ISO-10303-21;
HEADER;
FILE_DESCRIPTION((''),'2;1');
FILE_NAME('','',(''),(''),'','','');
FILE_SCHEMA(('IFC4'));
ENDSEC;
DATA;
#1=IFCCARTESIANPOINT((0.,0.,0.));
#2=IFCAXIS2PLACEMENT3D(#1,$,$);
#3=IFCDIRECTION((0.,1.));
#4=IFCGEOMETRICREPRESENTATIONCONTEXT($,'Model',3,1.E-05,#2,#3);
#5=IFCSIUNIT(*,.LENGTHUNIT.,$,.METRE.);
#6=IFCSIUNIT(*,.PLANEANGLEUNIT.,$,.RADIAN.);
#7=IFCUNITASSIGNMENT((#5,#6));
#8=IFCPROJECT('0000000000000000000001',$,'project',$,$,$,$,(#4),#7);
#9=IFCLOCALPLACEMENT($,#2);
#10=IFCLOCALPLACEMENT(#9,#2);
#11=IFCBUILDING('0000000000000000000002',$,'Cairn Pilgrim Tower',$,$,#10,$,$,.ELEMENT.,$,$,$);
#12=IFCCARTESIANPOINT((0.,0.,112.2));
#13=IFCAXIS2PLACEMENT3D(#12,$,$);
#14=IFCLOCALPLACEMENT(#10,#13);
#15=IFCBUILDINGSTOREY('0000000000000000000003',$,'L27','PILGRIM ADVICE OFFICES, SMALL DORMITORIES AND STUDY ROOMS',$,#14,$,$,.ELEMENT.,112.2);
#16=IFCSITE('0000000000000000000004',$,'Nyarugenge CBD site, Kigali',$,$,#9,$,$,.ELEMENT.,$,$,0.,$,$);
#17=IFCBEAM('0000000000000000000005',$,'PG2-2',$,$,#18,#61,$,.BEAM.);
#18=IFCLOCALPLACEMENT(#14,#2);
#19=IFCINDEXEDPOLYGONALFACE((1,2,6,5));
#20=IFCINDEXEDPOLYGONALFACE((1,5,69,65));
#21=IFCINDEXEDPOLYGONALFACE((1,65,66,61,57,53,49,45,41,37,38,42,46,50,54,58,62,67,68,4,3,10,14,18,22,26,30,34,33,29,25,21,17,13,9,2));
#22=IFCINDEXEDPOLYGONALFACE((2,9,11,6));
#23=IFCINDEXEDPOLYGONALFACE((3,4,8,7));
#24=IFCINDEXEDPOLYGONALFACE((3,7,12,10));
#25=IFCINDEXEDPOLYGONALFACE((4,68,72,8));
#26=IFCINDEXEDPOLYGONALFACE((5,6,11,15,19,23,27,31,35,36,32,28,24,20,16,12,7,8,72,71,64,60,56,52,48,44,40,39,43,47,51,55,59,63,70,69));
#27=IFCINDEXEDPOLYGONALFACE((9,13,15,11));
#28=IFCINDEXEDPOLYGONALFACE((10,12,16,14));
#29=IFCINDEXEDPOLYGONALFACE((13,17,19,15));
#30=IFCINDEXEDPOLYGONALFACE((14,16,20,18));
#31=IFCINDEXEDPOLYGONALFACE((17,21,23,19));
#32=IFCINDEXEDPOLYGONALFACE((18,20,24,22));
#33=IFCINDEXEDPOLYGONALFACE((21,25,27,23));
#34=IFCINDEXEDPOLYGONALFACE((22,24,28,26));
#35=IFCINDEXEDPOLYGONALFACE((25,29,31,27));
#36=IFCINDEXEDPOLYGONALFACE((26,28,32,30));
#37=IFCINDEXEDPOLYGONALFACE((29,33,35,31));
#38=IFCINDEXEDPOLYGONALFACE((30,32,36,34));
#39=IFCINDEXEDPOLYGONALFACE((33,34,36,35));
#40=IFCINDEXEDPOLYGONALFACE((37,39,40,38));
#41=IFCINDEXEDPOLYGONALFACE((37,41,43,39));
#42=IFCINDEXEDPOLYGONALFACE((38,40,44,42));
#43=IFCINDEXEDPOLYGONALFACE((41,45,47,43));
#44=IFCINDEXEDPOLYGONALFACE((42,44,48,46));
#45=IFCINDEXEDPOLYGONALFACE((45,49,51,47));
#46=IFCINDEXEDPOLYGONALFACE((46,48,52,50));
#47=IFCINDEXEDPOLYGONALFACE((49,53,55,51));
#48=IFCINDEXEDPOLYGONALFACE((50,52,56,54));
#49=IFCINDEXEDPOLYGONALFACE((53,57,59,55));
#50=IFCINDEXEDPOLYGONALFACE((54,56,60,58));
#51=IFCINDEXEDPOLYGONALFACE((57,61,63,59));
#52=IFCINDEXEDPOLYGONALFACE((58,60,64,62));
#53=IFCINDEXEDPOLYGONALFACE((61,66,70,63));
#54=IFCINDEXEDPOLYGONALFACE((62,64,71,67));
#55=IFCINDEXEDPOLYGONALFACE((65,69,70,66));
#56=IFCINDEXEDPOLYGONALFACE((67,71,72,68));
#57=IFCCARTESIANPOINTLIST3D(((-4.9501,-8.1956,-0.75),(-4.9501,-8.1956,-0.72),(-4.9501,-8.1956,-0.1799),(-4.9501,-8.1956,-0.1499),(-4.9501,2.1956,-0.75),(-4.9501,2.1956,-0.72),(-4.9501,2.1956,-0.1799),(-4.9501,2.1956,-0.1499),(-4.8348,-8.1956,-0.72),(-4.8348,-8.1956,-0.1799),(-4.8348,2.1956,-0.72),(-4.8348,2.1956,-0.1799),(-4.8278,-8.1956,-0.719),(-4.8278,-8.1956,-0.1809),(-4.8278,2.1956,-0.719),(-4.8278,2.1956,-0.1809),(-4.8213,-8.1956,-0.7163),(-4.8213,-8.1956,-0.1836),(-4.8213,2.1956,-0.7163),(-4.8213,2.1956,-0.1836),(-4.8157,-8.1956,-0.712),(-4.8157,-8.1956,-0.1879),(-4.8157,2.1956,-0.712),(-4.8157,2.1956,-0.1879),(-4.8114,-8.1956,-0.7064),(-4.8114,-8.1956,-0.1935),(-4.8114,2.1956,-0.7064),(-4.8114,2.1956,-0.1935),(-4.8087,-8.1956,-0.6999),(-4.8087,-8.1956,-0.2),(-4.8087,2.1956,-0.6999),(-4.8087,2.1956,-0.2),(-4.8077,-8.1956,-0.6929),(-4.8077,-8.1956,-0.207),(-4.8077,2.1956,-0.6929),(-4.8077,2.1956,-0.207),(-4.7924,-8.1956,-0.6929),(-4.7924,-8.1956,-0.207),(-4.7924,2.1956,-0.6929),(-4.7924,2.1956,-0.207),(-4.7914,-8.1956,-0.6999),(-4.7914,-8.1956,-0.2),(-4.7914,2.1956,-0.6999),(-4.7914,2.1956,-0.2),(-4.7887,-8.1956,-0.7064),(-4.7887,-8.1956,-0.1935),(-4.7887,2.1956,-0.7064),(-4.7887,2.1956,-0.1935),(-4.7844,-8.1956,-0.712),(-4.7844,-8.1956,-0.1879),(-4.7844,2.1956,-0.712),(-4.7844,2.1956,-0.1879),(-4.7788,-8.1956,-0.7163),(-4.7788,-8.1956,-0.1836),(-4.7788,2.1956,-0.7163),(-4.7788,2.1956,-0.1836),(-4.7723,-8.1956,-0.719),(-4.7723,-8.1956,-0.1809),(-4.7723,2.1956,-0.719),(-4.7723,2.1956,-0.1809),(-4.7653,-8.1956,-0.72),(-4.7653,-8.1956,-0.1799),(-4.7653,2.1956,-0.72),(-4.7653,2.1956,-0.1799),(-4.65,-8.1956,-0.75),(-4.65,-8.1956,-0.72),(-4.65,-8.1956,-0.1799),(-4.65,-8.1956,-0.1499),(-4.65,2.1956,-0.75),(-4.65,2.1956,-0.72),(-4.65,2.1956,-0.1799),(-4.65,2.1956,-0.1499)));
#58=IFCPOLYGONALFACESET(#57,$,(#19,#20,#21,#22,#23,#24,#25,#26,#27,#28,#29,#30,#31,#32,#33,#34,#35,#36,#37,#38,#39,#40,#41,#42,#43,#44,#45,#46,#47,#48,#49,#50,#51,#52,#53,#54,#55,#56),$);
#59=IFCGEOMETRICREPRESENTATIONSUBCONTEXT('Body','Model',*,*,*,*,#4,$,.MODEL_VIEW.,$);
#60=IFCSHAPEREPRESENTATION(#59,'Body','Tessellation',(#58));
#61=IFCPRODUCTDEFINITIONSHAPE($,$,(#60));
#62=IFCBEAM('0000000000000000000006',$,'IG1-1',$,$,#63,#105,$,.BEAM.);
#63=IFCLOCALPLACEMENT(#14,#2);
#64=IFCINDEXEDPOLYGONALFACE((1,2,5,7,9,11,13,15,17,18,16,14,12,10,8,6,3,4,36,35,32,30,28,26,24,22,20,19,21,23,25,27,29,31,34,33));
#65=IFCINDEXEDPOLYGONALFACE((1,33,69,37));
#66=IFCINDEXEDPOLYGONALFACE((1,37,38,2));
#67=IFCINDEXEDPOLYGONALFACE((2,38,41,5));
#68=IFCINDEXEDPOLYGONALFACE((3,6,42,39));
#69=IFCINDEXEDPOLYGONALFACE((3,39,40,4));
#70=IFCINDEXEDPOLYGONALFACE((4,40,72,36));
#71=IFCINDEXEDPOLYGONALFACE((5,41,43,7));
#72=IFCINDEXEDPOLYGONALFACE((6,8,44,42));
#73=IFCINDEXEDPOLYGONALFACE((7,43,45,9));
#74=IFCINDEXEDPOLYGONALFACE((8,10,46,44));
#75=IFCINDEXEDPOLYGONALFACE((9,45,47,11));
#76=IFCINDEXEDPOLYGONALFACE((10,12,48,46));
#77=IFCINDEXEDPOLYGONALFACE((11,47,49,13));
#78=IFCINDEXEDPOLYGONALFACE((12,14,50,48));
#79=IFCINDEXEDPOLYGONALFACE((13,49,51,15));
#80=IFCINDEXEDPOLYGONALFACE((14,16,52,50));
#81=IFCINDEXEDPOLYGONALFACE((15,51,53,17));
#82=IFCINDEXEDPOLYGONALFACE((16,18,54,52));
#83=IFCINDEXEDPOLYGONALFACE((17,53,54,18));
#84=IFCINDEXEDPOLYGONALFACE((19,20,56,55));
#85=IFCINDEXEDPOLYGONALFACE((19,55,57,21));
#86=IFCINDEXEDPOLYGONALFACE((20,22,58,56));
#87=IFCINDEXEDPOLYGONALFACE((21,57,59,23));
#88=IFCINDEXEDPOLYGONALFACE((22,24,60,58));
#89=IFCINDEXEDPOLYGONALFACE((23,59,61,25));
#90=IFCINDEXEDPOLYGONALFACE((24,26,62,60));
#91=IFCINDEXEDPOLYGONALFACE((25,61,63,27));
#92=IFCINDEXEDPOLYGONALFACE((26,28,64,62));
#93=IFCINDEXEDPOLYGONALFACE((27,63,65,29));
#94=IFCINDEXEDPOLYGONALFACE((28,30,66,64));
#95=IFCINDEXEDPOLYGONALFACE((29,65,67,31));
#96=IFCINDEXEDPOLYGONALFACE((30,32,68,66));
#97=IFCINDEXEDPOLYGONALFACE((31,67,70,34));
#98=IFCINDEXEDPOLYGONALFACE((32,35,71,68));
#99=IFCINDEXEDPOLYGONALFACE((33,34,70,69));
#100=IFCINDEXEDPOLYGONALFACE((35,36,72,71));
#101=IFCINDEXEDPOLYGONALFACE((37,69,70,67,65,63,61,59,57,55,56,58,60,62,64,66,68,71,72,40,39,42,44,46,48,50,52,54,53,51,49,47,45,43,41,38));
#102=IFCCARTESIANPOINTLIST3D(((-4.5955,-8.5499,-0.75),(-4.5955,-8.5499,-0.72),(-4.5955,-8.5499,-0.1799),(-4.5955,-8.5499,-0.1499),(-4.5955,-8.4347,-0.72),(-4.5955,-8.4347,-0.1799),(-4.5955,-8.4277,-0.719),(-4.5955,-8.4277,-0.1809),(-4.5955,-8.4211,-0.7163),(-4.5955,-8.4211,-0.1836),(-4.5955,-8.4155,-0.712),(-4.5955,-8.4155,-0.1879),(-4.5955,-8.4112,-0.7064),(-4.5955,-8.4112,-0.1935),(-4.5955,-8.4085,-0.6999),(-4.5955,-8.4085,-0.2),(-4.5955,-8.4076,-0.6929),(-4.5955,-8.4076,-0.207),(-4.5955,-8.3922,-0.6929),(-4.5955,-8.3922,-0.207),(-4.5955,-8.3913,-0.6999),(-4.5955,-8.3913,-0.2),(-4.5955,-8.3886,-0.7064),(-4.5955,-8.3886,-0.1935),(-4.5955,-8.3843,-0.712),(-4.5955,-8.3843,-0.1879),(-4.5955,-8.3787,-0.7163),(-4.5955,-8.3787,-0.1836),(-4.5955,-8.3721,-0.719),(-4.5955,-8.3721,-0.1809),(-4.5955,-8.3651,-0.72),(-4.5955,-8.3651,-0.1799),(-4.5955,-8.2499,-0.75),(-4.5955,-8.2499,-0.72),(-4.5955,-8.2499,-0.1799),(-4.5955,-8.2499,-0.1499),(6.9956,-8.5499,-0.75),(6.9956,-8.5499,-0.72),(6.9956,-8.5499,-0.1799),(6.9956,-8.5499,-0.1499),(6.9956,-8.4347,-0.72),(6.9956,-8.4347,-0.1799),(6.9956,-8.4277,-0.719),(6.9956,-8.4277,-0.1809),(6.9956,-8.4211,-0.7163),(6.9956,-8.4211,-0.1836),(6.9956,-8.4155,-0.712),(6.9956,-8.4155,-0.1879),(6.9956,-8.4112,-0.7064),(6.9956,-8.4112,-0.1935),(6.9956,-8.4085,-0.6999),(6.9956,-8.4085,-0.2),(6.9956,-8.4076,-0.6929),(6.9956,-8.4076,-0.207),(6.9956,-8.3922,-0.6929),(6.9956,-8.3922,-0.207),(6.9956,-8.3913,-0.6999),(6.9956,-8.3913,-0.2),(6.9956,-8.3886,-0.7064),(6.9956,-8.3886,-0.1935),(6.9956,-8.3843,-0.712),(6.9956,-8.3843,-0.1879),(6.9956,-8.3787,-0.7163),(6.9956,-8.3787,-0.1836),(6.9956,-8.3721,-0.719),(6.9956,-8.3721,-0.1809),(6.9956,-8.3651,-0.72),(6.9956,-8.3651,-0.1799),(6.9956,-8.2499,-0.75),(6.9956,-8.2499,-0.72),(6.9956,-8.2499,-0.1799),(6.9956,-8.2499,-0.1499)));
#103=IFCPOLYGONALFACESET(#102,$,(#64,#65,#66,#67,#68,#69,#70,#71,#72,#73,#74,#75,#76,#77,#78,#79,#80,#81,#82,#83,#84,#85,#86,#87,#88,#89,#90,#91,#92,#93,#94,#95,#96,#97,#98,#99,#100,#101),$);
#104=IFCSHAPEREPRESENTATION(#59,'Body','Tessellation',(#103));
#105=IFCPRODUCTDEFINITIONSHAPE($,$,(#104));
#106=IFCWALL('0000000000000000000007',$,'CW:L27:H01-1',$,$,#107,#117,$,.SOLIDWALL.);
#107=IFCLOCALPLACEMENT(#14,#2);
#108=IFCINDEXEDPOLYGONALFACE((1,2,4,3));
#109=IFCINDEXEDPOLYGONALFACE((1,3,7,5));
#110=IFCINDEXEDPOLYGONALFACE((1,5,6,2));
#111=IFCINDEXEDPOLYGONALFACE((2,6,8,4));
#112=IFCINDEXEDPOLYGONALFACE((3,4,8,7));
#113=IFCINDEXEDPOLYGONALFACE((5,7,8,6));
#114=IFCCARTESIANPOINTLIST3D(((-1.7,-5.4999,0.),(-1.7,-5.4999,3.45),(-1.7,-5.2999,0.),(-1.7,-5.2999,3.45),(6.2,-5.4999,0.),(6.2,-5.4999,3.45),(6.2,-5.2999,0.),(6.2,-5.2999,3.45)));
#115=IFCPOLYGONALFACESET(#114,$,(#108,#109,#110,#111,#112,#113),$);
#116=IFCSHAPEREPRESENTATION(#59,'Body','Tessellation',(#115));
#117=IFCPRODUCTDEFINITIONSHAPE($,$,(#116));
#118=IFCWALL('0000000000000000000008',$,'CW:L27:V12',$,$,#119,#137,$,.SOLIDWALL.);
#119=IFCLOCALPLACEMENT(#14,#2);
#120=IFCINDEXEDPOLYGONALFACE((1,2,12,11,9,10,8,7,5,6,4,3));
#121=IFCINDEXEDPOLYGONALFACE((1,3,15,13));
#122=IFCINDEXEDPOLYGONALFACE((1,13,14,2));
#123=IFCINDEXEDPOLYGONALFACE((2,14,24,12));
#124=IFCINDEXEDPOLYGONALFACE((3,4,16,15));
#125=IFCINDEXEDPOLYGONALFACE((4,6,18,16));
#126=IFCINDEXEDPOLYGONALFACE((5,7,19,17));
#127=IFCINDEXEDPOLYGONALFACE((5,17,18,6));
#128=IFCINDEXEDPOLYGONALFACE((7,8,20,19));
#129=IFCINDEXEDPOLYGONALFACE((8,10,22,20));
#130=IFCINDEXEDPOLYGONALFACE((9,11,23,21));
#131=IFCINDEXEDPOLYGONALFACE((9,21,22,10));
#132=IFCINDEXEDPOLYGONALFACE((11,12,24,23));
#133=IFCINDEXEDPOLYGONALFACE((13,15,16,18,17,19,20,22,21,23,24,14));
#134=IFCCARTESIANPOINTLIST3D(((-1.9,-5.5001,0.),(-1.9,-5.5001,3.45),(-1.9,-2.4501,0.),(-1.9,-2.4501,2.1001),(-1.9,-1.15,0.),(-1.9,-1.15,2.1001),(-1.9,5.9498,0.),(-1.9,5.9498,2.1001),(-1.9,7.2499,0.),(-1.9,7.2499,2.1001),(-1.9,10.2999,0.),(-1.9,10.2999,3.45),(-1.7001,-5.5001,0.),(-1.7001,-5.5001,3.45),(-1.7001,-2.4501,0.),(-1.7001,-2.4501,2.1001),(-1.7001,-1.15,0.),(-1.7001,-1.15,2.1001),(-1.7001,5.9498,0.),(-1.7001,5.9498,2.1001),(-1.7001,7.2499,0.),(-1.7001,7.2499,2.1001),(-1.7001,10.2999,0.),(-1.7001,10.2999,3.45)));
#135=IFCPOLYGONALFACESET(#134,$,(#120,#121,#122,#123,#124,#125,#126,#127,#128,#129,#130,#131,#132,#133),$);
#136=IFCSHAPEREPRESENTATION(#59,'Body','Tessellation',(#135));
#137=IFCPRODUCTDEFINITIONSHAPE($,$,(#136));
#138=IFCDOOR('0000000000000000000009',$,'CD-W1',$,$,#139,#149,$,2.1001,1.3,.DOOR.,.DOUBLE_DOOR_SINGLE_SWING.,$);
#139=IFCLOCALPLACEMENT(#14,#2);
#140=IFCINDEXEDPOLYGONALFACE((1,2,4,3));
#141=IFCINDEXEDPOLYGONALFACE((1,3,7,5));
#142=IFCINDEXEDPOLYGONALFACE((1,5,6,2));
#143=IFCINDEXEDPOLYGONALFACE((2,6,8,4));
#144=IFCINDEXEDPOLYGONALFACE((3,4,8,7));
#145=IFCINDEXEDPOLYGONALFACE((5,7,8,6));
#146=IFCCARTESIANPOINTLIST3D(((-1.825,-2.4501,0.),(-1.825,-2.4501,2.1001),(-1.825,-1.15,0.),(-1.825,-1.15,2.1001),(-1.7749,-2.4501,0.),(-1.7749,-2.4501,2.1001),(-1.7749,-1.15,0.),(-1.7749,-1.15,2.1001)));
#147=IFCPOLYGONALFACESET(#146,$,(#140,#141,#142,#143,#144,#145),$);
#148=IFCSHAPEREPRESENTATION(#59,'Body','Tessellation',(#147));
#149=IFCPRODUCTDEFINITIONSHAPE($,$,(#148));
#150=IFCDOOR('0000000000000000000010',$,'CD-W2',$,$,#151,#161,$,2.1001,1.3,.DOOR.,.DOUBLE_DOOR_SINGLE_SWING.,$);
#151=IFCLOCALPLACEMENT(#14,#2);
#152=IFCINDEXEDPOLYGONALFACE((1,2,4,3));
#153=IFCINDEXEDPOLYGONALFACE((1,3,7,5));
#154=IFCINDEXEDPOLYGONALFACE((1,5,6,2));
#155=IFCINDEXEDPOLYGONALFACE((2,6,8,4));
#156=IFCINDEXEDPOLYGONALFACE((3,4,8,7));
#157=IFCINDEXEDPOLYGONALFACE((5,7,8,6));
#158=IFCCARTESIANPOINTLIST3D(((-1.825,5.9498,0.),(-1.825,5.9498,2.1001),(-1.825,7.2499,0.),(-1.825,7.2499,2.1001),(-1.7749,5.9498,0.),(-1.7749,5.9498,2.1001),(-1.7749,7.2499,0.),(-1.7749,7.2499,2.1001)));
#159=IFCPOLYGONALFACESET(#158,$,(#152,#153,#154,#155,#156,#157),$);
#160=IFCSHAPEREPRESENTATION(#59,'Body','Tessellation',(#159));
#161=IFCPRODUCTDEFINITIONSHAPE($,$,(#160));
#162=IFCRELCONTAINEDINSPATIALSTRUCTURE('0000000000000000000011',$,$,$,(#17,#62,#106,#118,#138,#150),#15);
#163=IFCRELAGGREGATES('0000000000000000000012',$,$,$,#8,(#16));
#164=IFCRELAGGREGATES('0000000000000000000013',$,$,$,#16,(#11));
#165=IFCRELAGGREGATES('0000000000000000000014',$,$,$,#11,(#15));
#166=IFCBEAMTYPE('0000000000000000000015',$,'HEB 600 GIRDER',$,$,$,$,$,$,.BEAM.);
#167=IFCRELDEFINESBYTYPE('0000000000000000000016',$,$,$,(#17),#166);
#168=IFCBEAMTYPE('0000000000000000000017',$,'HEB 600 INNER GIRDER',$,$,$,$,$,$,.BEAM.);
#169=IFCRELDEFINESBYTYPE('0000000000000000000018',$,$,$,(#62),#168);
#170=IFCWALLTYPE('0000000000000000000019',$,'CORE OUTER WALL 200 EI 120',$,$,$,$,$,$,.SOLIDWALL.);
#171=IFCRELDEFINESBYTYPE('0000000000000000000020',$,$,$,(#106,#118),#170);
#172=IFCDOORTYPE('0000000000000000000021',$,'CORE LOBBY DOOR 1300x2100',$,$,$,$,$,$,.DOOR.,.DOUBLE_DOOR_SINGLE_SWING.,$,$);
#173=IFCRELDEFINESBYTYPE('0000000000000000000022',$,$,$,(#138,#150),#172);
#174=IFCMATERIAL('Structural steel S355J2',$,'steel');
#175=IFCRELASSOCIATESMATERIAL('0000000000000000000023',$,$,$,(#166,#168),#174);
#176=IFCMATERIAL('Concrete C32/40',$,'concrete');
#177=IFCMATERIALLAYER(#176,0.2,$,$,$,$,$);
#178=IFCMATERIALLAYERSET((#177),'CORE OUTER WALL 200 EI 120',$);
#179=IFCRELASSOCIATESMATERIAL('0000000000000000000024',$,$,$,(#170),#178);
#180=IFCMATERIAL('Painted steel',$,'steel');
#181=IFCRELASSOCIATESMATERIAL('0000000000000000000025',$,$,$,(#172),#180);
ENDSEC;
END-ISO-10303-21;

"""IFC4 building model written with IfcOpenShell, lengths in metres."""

from ifc_helpers import new_model, si_unit, direction, frame, frame_2d, origin, origin_2d, place, context, subcontext, project, spatial, rectangle, i_section, extrude, material, layer, layer_set, material_profile, profile_set, type_object, element, fill, save


model = new_model("IFC4")

# Units and contexts
model_context = context("Model", 3, precision=1e-05, world=origin(), true_north=direction((0.0, 1.0)))
body_context = subcontext(model_context, "Body", "Model", "MODEL_VIEW")
ifc_project = project(units=[si_unit("LENGTHUNIT", "METRE"), si_unit("PLANEANGLEUNIT", "RADIAN")], contexts=[model_context])

# Site, building, storey
site_placement = place(None, origin())
site = spatial("IfcSite", under=ifc_project, at=site_placement, Name="Nyarugenge CBD site, Kigali", CompositionType="ELEMENT", RefElevation=0.0)
building_placement = place(site_placement, origin())
building = spatial("IfcBuilding", under=site, at=building_placement, Name="Cairn Pilgrim Tower", CompositionType="ELEMENT")
storey_placement = place(building_placement, frame((0.0, 0.0, 112.2)))
storey = spatial("IfcBuildingStorey", under=building, at=storey_placement, Name="L27", Description="PILGRIM ADVICE OFFICES, SMALL DORMITORIES AND STUDY ROOMS", CompositionType="ELEMENT", Elevation=112.2)

# Beams
ifc_material_1 = material(Name="Structural steel S355J2", Category="steel")
ifc_material_profile_1 = material_profile(ifc_material_1, i_section(OverallWidth=0.3, OverallDepth=0.6001, WebThickness=0.0154, FlangeThickness=0.03, FilletRadius=0.0271, at=origin_2d()), Name="HEB 600")
ifc_profile_set_1 = profile_set([ifc_material_profile_1], Name="Structural steel S355J2")
beam_type_1 = type_object("IfcBeamType", Name="HEB 600 GIRDER", PredefinedType="BEAM", material=ifc_profile_set_1)
beam_1_placement = place(storey_placement, frame((-4.8, -8.1956, -0.45), z_axis=(0.0, 1.0, 0.0), x_axis=(-1.0, 0.0, 0.0)))
element("IfcBeam", 1, at=beam_1_placement, inside=storey, type_object=beam_type_1, Name="PG2-2", PredefinedType="BEAM", context=body_context, shape_type="SweptSolid", body=[
    extrude(i_section(OverallWidth=0.3, OverallDepth=0.6001, WebThickness=0.0154, FlangeThickness=0.03, FilletRadius=0.0271, at=origin_2d()), origin(), (0.0, 0.0, 1.0), 10.3911),
])
ifc_material_profile_2 = material_profile(ifc_material_1, i_section(OverallWidth=0.3, OverallDepth=0.6001, WebThickness=0.0154, FlangeThickness=0.03, FilletRadius=0.0271, at=origin_2d()), Name="HEB 600")
ifc_profile_set_2 = profile_set([ifc_material_profile_2], Name="Structural steel S355J2")
beam_type_2 = type_object("IfcBeamType", Name="HEB 600 INNER GIRDER", PredefinedType="BEAM", material=ifc_profile_set_2)
beam_2_placement = place(storey_placement, frame((-4.5955, -8.3999, -0.45), z_axis=(1.0, 0.0, 0.0), x_axis=(0.0, 1.0, 0.0)))
element("IfcBeam", 2, at=beam_2_placement, inside=storey, type_object=beam_type_2, Name="IG1-1", PredefinedType="BEAM", context=body_context, shape_type="SweptSolid", body=[
    extrude(i_section(OverallWidth=0.3, OverallDepth=0.6001, WebThickness=0.0154, FlangeThickness=0.03, FilletRadius=0.0271, at=origin_2d()), origin(), (0.0, 0.0, 1.0), 11.5911),
])

# Wall
ifc_material_2 = material(Name="Concrete C32/40", Category="concrete")
ifc_layer_1 = layer(ifc_material_2, 0.2)
ifc_layer_set_1 = layer_set([ifc_layer_1], Name="CORE OUTER WALL 200 EI 120")
wall_type_1 = type_object("IfcWallType", Name="CORE OUTER WALL 200 EI 120", PredefinedType="SOLIDWALL", material=ifc_layer_set_1)
wall_1_placement = place(storey_placement, frame((-1.7, -5.3999, 0.0), z_axis=(0.0, 0.0, 1.0), x_axis=(1.0, 0.0, 0.0)))
element("IfcWall", 3, at=wall_1_placement, inside=storey, type_object=wall_type_1, Name="CW:L27:H01-1", PredefinedType="SOLIDWALL", context=body_context, shape_type="SweptSolid", body=[
    extrude(rectangle(XDim=7.8999, YDim=0.2, at=frame_2d((3.95, 0.0))), origin(), (0.0, 0.0, 1.0), 3.45),
])

# Wall, openings, doors
wall_2_placement = place(storey_placement, frame((-1.8, -5.5, 0.0), z_axis=(0.0, 0.0, 1.0), x_axis=(0.0, 1.0, 0.0)))
wall_2 = element("IfcWall", 4, at=wall_2_placement, inside=storey, type_object=wall_type_1, Name="CW:L27:V12", PredefinedType="SOLIDWALL", context=body_context, shape_type="SweptSolid", body=[
    extrude(rectangle(XDim=15.8, YDim=0.2, at=frame_2d((7.8999, 0.0))), origin(), (0.0, 0.0, 1.0), 3.45),
])
opening_1_placement = place(wall_2_placement, frame((3.05, 0.0, 0.0)))
opening_1 = element("IfcOpeningElement", 5, at=opening_1_placement, cuts=wall_2, PredefinedType="OPENING", context=body_context, shape_type="SweptSolid", body=[
    extrude(rectangle(XDim=1.3, YDim=2.1001, at=frame_2d((0.6499, 1.05))), frame((0.0, 0.1099, 0.0), z_axis=(0.0, -1.0, 0.0), x_axis=(1.0, 0.0, 0.0)), (0.0, 0.0, 1.0), 0.22),
])
opening_2_placement = place(wall_2_placement, frame((11.45, 0.0, 0.0)))
opening_2 = element("IfcOpeningElement", 6, at=opening_2_placement, cuts=wall_2, PredefinedType="OPENING", context=body_context, shape_type="SweptSolid", body=[
    extrude(rectangle(XDim=1.3, YDim=2.1001, at=frame_2d((0.6499, 1.05))), frame((0.0, 0.1099, 0.0), z_axis=(0.0, -1.0, 0.0), x_axis=(1.0, 0.0, 0.0)), (0.0, 0.0, 1.0), 0.22),
])
ifc_material_3 = material(Name="Painted steel", Category="steel")
door_type_1 = type_object("IfcDoorType", Name="CORE LOBBY DOOR 1300x2100", OperationType="DOUBLE_DOOR_SINGLE_SWING", PredefinedType="DOOR", material=ifc_material_3)
door_1_placement = place(opening_1_placement, origin())
door_1 = element("IfcDoor", 7, at=door_1_placement, inside=storey, type_object=door_type_1, Name="CD-W1", OperationType="DOUBLE_DOOR_SINGLE_SWING", OverallHeight=2.1001, OverallWidth=1.3, PredefinedType="DOOR", context=body_context, shape_type="SweptSolid", body=[
    extrude(rectangle(XDim=1.3, YDim=2.1001, at=frame_2d((0.6499, 1.05))), frame((0.0, 0.0249, 0.0), z_axis=(0.0, -1.0, 0.0), x_axis=(1.0, 0.0, 0.0)), (0.0, 0.0, 1.0), 0.05),
])
fill(opening_1, door_1)
door_2_placement = place(opening_2_placement, origin())
door_2 = element("IfcDoor", 8, at=door_2_placement, inside=storey, type_object=door_type_1, Name="CD-W2", OperationType="DOUBLE_DOOR_SINGLE_SWING", OverallHeight=2.1001, OverallWidth=1.3, PredefinedType="DOOR", context=body_context, shape_type="SweptSolid", body=[
    extrude(rectangle(XDim=1.3, YDim=2.1001, at=frame_2d((0.6499, 1.05))), frame((0.0, 0.0249, 0.0), z_axis=(0.0, -1.0, 0.0), x_axis=(1.0, 0.0, 0.0)), (0.0, 0.0, 1.0), 0.05),
])
fill(opening_2, door_2)

save(model, "model.ifc")
